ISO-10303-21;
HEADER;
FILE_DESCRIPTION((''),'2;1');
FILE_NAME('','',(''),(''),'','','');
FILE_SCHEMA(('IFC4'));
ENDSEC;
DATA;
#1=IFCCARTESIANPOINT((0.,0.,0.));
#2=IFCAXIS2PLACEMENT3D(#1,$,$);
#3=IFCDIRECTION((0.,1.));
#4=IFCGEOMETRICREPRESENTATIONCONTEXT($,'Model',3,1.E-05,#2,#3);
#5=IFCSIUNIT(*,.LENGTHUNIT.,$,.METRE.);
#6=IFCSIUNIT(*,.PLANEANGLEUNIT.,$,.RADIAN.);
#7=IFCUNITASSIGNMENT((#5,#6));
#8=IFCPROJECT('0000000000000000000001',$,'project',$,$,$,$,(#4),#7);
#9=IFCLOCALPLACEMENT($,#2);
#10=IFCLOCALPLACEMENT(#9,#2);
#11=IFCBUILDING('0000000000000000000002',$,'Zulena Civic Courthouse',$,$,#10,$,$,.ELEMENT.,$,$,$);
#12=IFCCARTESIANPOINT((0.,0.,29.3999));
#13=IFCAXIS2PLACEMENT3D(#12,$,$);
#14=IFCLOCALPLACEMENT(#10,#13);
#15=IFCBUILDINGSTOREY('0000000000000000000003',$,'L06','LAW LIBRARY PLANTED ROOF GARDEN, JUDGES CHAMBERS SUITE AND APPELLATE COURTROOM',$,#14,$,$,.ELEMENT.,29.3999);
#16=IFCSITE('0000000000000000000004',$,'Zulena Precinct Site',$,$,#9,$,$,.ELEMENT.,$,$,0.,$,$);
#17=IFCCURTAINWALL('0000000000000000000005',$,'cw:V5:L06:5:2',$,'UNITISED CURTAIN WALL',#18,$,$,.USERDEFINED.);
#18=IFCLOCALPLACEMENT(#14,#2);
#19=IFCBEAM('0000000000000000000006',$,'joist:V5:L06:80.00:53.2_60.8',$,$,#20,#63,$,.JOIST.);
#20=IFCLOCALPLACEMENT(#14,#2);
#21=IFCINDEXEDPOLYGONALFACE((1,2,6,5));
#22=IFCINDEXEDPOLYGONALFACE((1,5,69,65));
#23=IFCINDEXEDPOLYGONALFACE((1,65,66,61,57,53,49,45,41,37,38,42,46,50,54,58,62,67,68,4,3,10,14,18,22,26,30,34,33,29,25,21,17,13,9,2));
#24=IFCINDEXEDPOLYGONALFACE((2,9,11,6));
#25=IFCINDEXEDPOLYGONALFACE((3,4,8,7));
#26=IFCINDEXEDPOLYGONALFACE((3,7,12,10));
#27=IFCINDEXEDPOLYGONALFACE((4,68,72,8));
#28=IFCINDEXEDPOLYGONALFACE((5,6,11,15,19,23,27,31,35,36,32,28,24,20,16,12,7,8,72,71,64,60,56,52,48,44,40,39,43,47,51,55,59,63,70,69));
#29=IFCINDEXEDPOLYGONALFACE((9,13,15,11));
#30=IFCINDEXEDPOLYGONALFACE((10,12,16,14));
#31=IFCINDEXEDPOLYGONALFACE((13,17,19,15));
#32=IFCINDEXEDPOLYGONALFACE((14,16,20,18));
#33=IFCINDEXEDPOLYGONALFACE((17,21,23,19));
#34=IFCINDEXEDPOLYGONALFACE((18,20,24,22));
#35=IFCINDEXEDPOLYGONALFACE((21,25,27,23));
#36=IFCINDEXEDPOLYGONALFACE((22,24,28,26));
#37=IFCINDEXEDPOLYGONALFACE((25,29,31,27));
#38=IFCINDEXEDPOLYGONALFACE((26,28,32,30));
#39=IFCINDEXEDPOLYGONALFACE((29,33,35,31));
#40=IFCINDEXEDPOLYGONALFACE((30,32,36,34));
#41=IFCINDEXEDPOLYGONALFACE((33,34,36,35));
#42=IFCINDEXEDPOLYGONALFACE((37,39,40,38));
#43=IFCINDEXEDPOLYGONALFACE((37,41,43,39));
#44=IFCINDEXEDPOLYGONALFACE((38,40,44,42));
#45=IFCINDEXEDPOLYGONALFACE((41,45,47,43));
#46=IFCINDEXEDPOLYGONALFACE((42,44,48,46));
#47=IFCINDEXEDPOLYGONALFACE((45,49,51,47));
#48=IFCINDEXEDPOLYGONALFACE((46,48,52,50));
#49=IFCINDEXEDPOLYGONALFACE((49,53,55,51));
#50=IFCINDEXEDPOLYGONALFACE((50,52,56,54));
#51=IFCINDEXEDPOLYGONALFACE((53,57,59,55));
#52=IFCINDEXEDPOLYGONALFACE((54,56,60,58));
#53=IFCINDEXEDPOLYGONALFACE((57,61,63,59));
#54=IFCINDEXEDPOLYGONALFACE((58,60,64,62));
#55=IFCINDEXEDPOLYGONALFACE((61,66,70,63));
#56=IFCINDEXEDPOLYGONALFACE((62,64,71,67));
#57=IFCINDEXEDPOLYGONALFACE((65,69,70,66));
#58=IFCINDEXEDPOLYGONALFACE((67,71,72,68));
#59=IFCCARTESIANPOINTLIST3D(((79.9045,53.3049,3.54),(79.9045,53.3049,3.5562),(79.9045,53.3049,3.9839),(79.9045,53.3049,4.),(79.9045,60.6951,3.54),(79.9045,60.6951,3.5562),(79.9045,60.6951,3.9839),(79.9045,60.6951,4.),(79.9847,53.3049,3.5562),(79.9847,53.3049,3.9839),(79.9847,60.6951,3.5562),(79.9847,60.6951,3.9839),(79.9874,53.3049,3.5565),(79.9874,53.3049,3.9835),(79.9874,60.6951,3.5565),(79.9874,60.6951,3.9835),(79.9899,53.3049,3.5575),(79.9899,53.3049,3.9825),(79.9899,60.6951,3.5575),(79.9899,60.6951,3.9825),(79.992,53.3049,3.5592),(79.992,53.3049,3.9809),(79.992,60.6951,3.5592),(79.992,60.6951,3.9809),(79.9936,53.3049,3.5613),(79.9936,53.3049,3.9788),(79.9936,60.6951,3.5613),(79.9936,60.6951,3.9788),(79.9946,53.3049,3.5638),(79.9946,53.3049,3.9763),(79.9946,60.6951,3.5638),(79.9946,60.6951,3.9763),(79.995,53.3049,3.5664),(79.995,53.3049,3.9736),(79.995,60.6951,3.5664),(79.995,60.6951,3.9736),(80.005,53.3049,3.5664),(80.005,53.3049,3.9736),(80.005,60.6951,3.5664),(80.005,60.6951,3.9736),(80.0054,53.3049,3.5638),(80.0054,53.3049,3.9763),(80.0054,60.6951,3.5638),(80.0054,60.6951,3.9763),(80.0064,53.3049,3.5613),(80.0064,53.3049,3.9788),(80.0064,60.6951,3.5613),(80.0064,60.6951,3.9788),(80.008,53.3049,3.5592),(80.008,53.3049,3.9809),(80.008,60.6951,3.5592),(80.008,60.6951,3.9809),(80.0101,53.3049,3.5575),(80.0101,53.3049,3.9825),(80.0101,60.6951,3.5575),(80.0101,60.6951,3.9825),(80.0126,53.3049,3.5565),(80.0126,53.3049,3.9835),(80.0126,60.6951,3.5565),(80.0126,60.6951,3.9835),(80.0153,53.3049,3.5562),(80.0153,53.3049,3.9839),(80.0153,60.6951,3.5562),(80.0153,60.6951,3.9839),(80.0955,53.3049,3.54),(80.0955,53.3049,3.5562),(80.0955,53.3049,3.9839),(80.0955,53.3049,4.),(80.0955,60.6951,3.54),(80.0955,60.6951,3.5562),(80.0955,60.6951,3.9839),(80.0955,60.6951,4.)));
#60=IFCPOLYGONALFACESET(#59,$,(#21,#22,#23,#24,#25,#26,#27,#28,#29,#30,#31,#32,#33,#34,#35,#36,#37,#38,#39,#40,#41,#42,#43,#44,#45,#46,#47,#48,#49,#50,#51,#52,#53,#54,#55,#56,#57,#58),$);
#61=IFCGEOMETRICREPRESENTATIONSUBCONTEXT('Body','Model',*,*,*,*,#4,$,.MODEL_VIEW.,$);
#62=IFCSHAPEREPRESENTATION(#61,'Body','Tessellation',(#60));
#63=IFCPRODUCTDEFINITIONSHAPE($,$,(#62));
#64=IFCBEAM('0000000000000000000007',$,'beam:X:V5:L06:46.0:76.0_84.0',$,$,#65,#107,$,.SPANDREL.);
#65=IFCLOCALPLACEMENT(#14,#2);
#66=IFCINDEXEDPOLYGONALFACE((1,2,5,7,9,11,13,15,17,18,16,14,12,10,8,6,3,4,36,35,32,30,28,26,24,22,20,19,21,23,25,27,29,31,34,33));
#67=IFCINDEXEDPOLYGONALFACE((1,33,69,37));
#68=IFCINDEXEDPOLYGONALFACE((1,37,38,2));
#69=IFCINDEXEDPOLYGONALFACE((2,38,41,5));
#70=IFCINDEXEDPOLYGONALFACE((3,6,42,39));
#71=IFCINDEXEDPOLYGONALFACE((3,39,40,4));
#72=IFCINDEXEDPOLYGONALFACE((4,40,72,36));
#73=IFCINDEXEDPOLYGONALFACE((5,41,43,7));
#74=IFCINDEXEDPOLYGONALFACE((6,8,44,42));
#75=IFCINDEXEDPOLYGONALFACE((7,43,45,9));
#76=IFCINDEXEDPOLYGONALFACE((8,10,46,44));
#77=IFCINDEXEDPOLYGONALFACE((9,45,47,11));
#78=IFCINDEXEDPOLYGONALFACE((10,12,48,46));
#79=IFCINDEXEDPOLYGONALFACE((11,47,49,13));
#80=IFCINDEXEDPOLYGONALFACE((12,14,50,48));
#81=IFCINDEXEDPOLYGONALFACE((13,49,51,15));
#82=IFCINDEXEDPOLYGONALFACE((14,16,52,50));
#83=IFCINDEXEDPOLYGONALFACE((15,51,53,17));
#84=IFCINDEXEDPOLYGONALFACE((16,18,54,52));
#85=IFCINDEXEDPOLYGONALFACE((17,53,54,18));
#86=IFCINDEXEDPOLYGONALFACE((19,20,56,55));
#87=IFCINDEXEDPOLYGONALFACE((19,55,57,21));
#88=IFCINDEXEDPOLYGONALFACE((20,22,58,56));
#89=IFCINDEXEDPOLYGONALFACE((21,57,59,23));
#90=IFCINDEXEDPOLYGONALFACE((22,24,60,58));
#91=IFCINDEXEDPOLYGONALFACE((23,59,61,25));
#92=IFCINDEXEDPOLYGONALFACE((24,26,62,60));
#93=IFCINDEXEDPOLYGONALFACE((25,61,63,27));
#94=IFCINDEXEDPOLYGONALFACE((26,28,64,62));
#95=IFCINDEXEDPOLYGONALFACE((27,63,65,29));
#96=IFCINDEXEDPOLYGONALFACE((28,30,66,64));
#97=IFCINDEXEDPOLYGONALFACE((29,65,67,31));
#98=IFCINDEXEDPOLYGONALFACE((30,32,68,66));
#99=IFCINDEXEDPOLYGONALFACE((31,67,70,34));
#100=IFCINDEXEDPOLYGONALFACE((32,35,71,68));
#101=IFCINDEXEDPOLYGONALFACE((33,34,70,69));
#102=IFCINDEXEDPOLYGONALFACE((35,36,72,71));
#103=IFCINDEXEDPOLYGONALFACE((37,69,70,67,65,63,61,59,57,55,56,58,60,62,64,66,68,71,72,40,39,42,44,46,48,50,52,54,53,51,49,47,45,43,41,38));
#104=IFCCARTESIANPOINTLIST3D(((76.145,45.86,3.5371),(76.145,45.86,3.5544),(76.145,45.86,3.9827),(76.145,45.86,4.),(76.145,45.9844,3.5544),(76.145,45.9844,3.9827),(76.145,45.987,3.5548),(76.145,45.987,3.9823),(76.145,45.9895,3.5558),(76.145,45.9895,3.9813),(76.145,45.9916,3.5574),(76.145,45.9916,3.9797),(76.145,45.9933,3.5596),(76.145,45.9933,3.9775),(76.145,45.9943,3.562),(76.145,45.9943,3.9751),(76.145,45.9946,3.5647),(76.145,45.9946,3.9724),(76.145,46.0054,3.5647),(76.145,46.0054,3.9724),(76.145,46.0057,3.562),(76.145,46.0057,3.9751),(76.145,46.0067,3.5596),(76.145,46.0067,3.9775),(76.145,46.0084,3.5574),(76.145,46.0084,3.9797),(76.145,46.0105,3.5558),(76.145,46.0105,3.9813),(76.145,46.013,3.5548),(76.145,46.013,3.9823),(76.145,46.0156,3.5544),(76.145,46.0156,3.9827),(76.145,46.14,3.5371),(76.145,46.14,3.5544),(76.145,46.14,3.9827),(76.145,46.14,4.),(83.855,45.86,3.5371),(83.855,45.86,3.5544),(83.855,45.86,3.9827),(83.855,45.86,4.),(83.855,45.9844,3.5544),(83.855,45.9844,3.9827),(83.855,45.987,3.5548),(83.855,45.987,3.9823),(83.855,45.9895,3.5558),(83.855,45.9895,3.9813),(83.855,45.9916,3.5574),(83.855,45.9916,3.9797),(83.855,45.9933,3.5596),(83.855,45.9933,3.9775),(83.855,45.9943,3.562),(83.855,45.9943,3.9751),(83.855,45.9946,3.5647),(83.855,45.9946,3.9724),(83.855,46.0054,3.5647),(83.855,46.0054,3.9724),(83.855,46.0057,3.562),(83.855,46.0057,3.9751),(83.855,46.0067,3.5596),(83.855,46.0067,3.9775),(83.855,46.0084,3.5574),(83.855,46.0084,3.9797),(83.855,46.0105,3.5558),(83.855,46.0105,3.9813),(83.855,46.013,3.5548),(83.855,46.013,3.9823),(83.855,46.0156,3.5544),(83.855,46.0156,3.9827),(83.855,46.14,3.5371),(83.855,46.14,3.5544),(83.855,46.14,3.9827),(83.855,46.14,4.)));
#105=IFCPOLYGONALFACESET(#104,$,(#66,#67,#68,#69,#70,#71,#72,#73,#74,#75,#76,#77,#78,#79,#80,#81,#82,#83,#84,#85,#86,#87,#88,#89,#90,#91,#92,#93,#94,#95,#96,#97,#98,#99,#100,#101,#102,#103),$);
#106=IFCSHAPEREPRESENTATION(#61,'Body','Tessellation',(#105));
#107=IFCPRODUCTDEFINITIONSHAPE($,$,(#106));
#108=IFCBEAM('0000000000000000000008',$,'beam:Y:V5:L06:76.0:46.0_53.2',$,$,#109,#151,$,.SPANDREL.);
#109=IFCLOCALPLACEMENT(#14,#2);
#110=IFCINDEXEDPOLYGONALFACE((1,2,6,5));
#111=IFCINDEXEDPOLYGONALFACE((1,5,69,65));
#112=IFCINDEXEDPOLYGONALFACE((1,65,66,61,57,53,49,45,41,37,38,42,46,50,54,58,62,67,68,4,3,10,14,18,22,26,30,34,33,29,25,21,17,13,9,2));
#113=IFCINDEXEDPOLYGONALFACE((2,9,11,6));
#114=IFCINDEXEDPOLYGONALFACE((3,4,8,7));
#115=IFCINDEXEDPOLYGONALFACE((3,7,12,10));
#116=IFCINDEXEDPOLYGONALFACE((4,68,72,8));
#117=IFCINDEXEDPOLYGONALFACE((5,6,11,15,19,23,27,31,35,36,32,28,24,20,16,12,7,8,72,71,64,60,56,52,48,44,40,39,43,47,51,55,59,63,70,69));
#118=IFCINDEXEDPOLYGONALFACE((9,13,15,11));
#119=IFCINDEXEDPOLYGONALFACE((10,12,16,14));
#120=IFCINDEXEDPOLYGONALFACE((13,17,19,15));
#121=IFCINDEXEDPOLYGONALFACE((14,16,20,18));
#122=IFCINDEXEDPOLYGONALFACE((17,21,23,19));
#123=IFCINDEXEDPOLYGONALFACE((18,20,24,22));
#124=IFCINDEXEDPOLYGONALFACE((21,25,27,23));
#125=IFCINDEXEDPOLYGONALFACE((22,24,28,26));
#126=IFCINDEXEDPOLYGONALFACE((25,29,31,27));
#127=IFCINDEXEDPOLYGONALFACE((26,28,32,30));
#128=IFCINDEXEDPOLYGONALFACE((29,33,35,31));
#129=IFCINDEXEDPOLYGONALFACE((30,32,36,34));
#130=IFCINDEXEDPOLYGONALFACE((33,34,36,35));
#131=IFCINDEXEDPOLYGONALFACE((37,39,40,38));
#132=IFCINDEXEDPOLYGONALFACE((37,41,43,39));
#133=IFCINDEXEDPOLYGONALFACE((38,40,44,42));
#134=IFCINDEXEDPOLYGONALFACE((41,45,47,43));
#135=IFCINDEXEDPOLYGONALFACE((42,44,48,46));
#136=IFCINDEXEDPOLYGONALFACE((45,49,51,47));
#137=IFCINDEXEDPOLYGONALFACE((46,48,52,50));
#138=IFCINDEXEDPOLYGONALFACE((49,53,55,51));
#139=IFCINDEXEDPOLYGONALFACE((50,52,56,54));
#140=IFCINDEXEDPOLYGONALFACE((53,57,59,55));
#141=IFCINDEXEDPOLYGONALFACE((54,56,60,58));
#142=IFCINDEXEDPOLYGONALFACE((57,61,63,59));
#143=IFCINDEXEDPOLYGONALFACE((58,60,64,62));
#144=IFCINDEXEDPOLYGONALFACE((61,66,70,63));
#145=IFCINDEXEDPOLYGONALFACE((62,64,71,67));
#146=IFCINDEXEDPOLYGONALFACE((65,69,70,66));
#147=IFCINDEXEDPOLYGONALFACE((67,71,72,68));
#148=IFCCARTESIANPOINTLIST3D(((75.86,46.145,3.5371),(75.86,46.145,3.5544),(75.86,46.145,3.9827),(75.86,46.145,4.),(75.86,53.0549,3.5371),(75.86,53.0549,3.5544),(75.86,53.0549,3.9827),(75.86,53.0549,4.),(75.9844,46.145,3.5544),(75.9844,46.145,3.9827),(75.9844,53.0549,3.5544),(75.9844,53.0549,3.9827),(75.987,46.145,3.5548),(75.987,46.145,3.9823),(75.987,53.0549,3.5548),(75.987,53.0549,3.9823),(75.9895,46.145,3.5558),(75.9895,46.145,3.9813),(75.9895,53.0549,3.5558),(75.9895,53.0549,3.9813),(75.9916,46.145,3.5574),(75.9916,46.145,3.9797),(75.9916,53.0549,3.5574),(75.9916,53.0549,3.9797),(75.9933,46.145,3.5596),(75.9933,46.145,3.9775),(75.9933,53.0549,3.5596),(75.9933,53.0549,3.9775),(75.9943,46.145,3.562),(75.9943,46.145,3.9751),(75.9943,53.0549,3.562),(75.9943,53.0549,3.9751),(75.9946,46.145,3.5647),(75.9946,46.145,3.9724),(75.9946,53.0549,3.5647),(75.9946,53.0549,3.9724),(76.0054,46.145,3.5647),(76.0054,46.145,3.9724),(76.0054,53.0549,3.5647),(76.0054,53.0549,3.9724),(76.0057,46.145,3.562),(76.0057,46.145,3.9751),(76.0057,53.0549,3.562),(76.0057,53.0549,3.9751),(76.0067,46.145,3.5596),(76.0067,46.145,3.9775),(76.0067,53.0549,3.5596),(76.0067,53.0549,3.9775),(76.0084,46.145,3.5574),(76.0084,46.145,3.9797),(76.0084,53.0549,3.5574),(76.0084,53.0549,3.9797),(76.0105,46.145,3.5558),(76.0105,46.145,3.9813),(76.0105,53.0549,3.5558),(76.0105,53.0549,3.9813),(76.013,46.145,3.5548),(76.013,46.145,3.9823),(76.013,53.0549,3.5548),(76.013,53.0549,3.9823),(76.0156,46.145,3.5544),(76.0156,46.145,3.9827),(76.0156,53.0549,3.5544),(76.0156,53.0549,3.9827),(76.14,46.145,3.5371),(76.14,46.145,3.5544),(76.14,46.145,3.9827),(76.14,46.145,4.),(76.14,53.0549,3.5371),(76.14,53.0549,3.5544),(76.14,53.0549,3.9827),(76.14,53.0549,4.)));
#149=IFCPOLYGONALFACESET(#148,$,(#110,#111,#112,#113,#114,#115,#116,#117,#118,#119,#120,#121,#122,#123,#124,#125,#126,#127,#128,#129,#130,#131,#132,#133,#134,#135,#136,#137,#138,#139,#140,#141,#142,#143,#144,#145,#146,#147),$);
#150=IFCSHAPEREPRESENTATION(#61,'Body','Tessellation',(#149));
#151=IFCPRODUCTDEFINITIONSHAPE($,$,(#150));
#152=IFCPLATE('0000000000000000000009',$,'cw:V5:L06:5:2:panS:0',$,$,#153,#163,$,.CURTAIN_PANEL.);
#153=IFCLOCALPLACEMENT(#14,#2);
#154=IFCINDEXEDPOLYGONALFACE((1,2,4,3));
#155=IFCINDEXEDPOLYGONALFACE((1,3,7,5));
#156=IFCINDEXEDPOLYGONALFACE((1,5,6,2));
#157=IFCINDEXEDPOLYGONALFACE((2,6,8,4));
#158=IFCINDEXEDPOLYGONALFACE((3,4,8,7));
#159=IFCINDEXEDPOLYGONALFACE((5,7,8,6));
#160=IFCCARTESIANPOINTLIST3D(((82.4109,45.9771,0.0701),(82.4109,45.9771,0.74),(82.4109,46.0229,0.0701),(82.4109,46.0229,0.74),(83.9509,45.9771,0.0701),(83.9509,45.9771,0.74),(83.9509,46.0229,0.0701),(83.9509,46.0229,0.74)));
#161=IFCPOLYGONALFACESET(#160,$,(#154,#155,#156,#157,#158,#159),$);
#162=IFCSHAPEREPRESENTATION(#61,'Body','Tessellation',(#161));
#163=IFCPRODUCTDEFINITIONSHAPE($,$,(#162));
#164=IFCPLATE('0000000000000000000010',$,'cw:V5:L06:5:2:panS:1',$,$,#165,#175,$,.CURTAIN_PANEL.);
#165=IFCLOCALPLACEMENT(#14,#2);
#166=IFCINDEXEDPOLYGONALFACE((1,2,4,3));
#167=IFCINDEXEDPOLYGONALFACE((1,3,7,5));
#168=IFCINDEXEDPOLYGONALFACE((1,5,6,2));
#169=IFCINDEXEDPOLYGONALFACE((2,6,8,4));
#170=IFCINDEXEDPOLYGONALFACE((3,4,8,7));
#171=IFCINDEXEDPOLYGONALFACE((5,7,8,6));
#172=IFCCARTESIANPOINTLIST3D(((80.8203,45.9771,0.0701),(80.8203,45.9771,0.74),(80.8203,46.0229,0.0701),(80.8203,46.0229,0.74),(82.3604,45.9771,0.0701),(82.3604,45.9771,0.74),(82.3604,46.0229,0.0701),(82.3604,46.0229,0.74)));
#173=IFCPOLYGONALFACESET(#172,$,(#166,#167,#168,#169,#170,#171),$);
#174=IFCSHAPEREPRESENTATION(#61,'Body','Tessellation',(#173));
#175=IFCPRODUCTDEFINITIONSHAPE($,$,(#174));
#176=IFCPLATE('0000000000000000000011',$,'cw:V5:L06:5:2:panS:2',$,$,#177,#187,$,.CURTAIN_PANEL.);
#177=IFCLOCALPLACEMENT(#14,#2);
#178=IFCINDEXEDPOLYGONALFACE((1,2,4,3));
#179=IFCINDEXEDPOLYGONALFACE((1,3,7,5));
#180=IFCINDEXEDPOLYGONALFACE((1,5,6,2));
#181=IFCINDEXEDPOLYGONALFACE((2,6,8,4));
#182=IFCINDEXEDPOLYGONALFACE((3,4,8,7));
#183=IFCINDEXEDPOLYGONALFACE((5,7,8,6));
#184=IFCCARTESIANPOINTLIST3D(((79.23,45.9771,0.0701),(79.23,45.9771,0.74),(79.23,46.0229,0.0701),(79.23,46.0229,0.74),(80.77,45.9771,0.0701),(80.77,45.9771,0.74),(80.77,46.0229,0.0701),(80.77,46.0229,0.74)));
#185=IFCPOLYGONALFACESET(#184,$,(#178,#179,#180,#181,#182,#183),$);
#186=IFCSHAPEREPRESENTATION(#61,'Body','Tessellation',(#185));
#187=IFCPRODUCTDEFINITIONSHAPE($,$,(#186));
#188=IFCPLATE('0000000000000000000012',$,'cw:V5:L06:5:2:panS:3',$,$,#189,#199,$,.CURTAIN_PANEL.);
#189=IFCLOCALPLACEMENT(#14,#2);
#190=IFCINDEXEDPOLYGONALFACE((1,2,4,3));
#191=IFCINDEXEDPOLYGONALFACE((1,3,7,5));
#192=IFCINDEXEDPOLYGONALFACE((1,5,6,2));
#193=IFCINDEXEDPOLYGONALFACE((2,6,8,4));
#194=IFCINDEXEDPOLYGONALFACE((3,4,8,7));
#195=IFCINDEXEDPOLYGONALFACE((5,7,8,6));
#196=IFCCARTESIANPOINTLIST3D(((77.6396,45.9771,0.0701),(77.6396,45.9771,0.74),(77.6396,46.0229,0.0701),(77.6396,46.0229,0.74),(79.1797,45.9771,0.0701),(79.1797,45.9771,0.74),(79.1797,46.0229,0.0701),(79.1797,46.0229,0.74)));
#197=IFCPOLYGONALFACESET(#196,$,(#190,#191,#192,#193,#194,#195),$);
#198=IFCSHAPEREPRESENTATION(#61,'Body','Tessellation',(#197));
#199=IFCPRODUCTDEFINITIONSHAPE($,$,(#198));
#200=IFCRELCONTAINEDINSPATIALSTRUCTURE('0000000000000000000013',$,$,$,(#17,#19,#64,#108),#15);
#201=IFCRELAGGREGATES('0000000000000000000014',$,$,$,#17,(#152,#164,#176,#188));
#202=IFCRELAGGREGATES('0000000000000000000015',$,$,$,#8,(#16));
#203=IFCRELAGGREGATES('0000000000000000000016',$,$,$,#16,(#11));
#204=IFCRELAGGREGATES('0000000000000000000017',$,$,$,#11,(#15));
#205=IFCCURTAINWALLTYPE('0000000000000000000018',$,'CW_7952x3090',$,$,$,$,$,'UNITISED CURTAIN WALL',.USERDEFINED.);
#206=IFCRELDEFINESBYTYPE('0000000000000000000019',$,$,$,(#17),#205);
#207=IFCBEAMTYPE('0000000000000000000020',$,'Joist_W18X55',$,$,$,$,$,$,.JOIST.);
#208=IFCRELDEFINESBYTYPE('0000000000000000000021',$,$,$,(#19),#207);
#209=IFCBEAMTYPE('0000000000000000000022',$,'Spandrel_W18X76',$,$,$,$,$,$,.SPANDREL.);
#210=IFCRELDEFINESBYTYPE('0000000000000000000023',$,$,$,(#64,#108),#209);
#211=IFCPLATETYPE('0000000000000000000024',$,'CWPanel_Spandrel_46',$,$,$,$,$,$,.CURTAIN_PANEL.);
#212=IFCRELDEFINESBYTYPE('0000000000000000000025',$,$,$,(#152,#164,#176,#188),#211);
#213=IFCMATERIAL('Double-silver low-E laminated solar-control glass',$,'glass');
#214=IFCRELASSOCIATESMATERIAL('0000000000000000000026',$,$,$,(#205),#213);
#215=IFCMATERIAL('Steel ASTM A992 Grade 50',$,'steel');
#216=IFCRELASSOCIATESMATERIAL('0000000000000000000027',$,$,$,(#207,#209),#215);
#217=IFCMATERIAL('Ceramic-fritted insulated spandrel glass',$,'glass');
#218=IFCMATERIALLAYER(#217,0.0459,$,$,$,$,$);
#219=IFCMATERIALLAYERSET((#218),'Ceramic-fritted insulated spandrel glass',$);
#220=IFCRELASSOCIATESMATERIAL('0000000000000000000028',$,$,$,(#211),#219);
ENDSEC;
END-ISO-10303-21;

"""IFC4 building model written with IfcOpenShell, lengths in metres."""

from ifc_helpers import new_model, si_unit, direction, frame, origin, origin_2d, place, context, subcontext, project, spatial, rectangle, i_section, extrude, material, layer, layer_set, material_profile, profile_set, type_object, element, aggregate, save


model = new_model("IFC4")

# Units and contexts
model_context = context("Model", 3, precision=1e-05, world=origin(), true_north=direction((0.0, 1.0)))
body_context = subcontext(model_context, "Body", "Model", "MODEL_VIEW")
ifc_project = project(units=[si_unit("LENGTHUNIT", "METRE"), si_unit("PLANEANGLEUNIT", "RADIAN")], contexts=[model_context])

# Site, building, storey
site_placement = place(None, origin())
site = spatial("IfcSite", under=ifc_project, at=site_placement, Name="Zulena Precinct Site", CompositionType="ELEMENT", RefElevation=0.0)
building_placement = place(site_placement, origin())
building = spatial("IfcBuilding", under=site, at=building_placement, Name="Zulena Civic Courthouse", CompositionType="ELEMENT")
storey_placement = place(building_placement, frame((0.0, 0.0, 29.3999)))
storey = spatial("IfcBuildingStorey", under=building, at=storey_placement, Name="L06", Description="LAW LIBRARY PLANTED ROOF GARDEN, JUDGES CHAMBERS SUITE AND APPELLATE COURTROOM", CompositionType="ELEMENT", Elevation=29.3999)

# Shared definitions
ifc_material_1 = material(Name="Steel ASTM A992 Grade 50", Category="steel")

# Curtain wall
ifc_material_2 = material(Name="Double-silver low-E laminated solar-control glass", Category="glass")
curtain_wall_type = type_object("IfcCurtainWallType", Name="CW_7952x3090", ElementType="UNITISED CURTAIN WALL", PredefinedType="USERDEFINED", material=ifc_material_2)
curtain_wall_placement = place(storey_placement, origin())
curtain_wall = element("IfcCurtainWall", 1, at=curtain_wall_placement, inside=storey, type_object=curtain_wall_type, Name="cw:V5:L06:5:2", ObjectType="UNITISED CURTAIN WALL", PredefinedType="USERDEFINED")

# Beams
ifc_material_profile_1 = material_profile(ifc_material_1, i_section(OverallWidth=0.1909, OverallDepth=0.46, WebThickness=0.01, FlangeThickness=0.0161, FilletRadius=0.0103, at=origin_2d()), Name="W18X55")
ifc_profile_set_1 = profile_set([ifc_material_profile_1], Name="Steel ASTM A992 Grade 50")
beam_type_1 = type_object("IfcBeamType", Name="Joist_W18X55", PredefinedType="JOIST", material=ifc_profile_set_1)
beam_1_placement = place(storey_placement, frame((80.0, 53.3049, 3.77), z_axis=(0.0, 1.0, 0.0), x_axis=(-1.0, 0.0, 0.0)))
element("IfcBeam", 2, at=beam_1_placement, inside=storey, type_object=beam_type_1, Name="joist:V5:L06:80.00:53.2_60.8", PredefinedType="JOIST", context=body_context, shape_type="SweptSolid", body=[
    extrude(i_section(OverallWidth=0.1909, OverallDepth=0.46, WebThickness=0.01, FlangeThickness=0.0161, FilletRadius=0.0103, at=origin_2d()), origin(), (0.0, 0.0, 1.0), 7.3901),
])
ifc_material_profile_2 = material_profile(ifc_material_1, i_section(OverallWidth=0.28, OverallDepth=0.4629, WebThickness=0.0107, FlangeThickness=0.0173, FilletRadius=0.0103, at=origin_2d()), Name="W18X76")
ifc_profile_set_2 = profile_set([ifc_material_profile_2], Name="Steel ASTM A992 Grade 50")
beam_type_2 = type_object("IfcBeamType", Name="Spandrel_W18X76", PredefinedType="SPANDREL", material=ifc_profile_set_2)
beam_2_placement = place(storey_placement, frame((76.145, 46.0, 3.7686), z_axis=(1.0, 0.0, 0.0), x_axis=(0.0, 1.0, 0.0)))
element("IfcBeam", 3, at=beam_2_placement, inside=storey, type_object=beam_type_2, Name="beam:X:V5:L06:46.0:76.0_84.0", PredefinedType="SPANDREL", context=body_context, shape_type="SweptSolid", body=[
    extrude(i_section(OverallWidth=0.28, OverallDepth=0.4629, WebThickness=0.0107, FlangeThickness=0.0173, FilletRadius=0.0103, at=origin_2d()), origin(), (0.0, 0.0, 1.0), 7.71),
])
beam_3_placement = place(storey_placement, frame((76.0, 46.145, 3.7686), z_axis=(0.0, 1.0, 0.0), x_axis=(-1.0, 0.0, 0.0)))
element("IfcBeam", 4, at=beam_3_placement, inside=storey, type_object=beam_type_2, Name="beam:Y:V5:L06:76.0:46.0_53.2", PredefinedType="SPANDREL", context=body_context, shape_type="SweptSolid", body=[
    extrude(i_section(OverallWidth=0.28, OverallDepth=0.4629, WebThickness=0.0107, FlangeThickness=0.0173, FilletRadius=0.0103, at=origin_2d()), origin(), (0.0, 0.0, 1.0), 6.9099),
])

# Plates
ifc_material_3 = material(Name="Ceramic-fritted insulated spandrel glass", Category="glass")
ifc_layer_1 = layer(ifc_material_3, 0.0459)
ifc_layer_set_1 = layer_set([ifc_layer_1], Name="Ceramic-fritted insulated spandrel glass")
plate_type_1 = type_object("IfcPlateType", Name="CWPanel_Spandrel_46", PredefinedType="CURTAIN_PANEL", material=ifc_layer_set_1)
plate_1_placement = place(storey_placement, frame((83.1809, 46.0, 0.0701), z_axis=(0.0, 0.0, 1.0), x_axis=(-1.0, 0.0, 0.0)))
plate_1 = element("IfcPlate", 5, at=plate_1_placement, type_object=plate_type_1, Name="cw:V5:L06:5:2:panS:0", PredefinedType="CURTAIN_PANEL", context=body_context, shape_type="SweptSolid", body=[
    extrude(rectangle(XDim=1.54, YDim=0.0459, at=origin_2d()), origin(), (0.0, 0.0, 1.0), 0.6699),
])
plate_2_placement = place(storey_placement, frame((81.5903, 46.0, 0.0701), z_axis=(0.0, 0.0, 1.0), x_axis=(-1.0, 0.0, 0.0)))
plate_2 = element("IfcPlate", 6, at=plate_2_placement, type_object=plate_type_1, Name="cw:V5:L06:5:2:panS:1", PredefinedType="CURTAIN_PANEL", context=body_context, shape_type="SweptSolid", body=[
    extrude(rectangle(XDim=1.54, YDim=0.0459, at=origin_2d()), origin(), (0.0, 0.0, 1.0), 0.6699),
])
plate_3_placement = place(storey_placement, frame((80.0, 46.0, 0.0701), z_axis=(0.0, 0.0, 1.0), x_axis=(-1.0, 0.0, 0.0)))
plate_3 = element("IfcPlate", 7, at=plate_3_placement, type_object=plate_type_1, Name="cw:V5:L06:5:2:panS:2", PredefinedType="CURTAIN_PANEL", context=body_context, shape_type="SweptSolid", body=[
    extrude(rectangle(XDim=1.54, YDim=0.0459, at=origin_2d()), origin(), (0.0, 0.0, 1.0), 0.6699),
])
plate_4_placement = place(storey_placement, frame((78.4097, 46.0, 0.0701), z_axis=(0.0, 0.0, 1.0), x_axis=(-1.0, 0.0, 0.0)))
plate_4 = element("IfcPlate", 8, at=plate_4_placement, type_object=plate_type_1, Name="cw:V5:L06:5:2:panS:3", PredefinedType="CURTAIN_PANEL", context=body_context, shape_type="SweptSolid", body=[
    extrude(rectangle(XDim=1.54, YDim=0.0459, at=origin_2d()), origin(), (0.0, 0.0, 1.0), 0.6699),
])
aggregate(curtain_wall, [plate_1, plate_2, plate_3, plate_4])

save(model, "model.ifc")
